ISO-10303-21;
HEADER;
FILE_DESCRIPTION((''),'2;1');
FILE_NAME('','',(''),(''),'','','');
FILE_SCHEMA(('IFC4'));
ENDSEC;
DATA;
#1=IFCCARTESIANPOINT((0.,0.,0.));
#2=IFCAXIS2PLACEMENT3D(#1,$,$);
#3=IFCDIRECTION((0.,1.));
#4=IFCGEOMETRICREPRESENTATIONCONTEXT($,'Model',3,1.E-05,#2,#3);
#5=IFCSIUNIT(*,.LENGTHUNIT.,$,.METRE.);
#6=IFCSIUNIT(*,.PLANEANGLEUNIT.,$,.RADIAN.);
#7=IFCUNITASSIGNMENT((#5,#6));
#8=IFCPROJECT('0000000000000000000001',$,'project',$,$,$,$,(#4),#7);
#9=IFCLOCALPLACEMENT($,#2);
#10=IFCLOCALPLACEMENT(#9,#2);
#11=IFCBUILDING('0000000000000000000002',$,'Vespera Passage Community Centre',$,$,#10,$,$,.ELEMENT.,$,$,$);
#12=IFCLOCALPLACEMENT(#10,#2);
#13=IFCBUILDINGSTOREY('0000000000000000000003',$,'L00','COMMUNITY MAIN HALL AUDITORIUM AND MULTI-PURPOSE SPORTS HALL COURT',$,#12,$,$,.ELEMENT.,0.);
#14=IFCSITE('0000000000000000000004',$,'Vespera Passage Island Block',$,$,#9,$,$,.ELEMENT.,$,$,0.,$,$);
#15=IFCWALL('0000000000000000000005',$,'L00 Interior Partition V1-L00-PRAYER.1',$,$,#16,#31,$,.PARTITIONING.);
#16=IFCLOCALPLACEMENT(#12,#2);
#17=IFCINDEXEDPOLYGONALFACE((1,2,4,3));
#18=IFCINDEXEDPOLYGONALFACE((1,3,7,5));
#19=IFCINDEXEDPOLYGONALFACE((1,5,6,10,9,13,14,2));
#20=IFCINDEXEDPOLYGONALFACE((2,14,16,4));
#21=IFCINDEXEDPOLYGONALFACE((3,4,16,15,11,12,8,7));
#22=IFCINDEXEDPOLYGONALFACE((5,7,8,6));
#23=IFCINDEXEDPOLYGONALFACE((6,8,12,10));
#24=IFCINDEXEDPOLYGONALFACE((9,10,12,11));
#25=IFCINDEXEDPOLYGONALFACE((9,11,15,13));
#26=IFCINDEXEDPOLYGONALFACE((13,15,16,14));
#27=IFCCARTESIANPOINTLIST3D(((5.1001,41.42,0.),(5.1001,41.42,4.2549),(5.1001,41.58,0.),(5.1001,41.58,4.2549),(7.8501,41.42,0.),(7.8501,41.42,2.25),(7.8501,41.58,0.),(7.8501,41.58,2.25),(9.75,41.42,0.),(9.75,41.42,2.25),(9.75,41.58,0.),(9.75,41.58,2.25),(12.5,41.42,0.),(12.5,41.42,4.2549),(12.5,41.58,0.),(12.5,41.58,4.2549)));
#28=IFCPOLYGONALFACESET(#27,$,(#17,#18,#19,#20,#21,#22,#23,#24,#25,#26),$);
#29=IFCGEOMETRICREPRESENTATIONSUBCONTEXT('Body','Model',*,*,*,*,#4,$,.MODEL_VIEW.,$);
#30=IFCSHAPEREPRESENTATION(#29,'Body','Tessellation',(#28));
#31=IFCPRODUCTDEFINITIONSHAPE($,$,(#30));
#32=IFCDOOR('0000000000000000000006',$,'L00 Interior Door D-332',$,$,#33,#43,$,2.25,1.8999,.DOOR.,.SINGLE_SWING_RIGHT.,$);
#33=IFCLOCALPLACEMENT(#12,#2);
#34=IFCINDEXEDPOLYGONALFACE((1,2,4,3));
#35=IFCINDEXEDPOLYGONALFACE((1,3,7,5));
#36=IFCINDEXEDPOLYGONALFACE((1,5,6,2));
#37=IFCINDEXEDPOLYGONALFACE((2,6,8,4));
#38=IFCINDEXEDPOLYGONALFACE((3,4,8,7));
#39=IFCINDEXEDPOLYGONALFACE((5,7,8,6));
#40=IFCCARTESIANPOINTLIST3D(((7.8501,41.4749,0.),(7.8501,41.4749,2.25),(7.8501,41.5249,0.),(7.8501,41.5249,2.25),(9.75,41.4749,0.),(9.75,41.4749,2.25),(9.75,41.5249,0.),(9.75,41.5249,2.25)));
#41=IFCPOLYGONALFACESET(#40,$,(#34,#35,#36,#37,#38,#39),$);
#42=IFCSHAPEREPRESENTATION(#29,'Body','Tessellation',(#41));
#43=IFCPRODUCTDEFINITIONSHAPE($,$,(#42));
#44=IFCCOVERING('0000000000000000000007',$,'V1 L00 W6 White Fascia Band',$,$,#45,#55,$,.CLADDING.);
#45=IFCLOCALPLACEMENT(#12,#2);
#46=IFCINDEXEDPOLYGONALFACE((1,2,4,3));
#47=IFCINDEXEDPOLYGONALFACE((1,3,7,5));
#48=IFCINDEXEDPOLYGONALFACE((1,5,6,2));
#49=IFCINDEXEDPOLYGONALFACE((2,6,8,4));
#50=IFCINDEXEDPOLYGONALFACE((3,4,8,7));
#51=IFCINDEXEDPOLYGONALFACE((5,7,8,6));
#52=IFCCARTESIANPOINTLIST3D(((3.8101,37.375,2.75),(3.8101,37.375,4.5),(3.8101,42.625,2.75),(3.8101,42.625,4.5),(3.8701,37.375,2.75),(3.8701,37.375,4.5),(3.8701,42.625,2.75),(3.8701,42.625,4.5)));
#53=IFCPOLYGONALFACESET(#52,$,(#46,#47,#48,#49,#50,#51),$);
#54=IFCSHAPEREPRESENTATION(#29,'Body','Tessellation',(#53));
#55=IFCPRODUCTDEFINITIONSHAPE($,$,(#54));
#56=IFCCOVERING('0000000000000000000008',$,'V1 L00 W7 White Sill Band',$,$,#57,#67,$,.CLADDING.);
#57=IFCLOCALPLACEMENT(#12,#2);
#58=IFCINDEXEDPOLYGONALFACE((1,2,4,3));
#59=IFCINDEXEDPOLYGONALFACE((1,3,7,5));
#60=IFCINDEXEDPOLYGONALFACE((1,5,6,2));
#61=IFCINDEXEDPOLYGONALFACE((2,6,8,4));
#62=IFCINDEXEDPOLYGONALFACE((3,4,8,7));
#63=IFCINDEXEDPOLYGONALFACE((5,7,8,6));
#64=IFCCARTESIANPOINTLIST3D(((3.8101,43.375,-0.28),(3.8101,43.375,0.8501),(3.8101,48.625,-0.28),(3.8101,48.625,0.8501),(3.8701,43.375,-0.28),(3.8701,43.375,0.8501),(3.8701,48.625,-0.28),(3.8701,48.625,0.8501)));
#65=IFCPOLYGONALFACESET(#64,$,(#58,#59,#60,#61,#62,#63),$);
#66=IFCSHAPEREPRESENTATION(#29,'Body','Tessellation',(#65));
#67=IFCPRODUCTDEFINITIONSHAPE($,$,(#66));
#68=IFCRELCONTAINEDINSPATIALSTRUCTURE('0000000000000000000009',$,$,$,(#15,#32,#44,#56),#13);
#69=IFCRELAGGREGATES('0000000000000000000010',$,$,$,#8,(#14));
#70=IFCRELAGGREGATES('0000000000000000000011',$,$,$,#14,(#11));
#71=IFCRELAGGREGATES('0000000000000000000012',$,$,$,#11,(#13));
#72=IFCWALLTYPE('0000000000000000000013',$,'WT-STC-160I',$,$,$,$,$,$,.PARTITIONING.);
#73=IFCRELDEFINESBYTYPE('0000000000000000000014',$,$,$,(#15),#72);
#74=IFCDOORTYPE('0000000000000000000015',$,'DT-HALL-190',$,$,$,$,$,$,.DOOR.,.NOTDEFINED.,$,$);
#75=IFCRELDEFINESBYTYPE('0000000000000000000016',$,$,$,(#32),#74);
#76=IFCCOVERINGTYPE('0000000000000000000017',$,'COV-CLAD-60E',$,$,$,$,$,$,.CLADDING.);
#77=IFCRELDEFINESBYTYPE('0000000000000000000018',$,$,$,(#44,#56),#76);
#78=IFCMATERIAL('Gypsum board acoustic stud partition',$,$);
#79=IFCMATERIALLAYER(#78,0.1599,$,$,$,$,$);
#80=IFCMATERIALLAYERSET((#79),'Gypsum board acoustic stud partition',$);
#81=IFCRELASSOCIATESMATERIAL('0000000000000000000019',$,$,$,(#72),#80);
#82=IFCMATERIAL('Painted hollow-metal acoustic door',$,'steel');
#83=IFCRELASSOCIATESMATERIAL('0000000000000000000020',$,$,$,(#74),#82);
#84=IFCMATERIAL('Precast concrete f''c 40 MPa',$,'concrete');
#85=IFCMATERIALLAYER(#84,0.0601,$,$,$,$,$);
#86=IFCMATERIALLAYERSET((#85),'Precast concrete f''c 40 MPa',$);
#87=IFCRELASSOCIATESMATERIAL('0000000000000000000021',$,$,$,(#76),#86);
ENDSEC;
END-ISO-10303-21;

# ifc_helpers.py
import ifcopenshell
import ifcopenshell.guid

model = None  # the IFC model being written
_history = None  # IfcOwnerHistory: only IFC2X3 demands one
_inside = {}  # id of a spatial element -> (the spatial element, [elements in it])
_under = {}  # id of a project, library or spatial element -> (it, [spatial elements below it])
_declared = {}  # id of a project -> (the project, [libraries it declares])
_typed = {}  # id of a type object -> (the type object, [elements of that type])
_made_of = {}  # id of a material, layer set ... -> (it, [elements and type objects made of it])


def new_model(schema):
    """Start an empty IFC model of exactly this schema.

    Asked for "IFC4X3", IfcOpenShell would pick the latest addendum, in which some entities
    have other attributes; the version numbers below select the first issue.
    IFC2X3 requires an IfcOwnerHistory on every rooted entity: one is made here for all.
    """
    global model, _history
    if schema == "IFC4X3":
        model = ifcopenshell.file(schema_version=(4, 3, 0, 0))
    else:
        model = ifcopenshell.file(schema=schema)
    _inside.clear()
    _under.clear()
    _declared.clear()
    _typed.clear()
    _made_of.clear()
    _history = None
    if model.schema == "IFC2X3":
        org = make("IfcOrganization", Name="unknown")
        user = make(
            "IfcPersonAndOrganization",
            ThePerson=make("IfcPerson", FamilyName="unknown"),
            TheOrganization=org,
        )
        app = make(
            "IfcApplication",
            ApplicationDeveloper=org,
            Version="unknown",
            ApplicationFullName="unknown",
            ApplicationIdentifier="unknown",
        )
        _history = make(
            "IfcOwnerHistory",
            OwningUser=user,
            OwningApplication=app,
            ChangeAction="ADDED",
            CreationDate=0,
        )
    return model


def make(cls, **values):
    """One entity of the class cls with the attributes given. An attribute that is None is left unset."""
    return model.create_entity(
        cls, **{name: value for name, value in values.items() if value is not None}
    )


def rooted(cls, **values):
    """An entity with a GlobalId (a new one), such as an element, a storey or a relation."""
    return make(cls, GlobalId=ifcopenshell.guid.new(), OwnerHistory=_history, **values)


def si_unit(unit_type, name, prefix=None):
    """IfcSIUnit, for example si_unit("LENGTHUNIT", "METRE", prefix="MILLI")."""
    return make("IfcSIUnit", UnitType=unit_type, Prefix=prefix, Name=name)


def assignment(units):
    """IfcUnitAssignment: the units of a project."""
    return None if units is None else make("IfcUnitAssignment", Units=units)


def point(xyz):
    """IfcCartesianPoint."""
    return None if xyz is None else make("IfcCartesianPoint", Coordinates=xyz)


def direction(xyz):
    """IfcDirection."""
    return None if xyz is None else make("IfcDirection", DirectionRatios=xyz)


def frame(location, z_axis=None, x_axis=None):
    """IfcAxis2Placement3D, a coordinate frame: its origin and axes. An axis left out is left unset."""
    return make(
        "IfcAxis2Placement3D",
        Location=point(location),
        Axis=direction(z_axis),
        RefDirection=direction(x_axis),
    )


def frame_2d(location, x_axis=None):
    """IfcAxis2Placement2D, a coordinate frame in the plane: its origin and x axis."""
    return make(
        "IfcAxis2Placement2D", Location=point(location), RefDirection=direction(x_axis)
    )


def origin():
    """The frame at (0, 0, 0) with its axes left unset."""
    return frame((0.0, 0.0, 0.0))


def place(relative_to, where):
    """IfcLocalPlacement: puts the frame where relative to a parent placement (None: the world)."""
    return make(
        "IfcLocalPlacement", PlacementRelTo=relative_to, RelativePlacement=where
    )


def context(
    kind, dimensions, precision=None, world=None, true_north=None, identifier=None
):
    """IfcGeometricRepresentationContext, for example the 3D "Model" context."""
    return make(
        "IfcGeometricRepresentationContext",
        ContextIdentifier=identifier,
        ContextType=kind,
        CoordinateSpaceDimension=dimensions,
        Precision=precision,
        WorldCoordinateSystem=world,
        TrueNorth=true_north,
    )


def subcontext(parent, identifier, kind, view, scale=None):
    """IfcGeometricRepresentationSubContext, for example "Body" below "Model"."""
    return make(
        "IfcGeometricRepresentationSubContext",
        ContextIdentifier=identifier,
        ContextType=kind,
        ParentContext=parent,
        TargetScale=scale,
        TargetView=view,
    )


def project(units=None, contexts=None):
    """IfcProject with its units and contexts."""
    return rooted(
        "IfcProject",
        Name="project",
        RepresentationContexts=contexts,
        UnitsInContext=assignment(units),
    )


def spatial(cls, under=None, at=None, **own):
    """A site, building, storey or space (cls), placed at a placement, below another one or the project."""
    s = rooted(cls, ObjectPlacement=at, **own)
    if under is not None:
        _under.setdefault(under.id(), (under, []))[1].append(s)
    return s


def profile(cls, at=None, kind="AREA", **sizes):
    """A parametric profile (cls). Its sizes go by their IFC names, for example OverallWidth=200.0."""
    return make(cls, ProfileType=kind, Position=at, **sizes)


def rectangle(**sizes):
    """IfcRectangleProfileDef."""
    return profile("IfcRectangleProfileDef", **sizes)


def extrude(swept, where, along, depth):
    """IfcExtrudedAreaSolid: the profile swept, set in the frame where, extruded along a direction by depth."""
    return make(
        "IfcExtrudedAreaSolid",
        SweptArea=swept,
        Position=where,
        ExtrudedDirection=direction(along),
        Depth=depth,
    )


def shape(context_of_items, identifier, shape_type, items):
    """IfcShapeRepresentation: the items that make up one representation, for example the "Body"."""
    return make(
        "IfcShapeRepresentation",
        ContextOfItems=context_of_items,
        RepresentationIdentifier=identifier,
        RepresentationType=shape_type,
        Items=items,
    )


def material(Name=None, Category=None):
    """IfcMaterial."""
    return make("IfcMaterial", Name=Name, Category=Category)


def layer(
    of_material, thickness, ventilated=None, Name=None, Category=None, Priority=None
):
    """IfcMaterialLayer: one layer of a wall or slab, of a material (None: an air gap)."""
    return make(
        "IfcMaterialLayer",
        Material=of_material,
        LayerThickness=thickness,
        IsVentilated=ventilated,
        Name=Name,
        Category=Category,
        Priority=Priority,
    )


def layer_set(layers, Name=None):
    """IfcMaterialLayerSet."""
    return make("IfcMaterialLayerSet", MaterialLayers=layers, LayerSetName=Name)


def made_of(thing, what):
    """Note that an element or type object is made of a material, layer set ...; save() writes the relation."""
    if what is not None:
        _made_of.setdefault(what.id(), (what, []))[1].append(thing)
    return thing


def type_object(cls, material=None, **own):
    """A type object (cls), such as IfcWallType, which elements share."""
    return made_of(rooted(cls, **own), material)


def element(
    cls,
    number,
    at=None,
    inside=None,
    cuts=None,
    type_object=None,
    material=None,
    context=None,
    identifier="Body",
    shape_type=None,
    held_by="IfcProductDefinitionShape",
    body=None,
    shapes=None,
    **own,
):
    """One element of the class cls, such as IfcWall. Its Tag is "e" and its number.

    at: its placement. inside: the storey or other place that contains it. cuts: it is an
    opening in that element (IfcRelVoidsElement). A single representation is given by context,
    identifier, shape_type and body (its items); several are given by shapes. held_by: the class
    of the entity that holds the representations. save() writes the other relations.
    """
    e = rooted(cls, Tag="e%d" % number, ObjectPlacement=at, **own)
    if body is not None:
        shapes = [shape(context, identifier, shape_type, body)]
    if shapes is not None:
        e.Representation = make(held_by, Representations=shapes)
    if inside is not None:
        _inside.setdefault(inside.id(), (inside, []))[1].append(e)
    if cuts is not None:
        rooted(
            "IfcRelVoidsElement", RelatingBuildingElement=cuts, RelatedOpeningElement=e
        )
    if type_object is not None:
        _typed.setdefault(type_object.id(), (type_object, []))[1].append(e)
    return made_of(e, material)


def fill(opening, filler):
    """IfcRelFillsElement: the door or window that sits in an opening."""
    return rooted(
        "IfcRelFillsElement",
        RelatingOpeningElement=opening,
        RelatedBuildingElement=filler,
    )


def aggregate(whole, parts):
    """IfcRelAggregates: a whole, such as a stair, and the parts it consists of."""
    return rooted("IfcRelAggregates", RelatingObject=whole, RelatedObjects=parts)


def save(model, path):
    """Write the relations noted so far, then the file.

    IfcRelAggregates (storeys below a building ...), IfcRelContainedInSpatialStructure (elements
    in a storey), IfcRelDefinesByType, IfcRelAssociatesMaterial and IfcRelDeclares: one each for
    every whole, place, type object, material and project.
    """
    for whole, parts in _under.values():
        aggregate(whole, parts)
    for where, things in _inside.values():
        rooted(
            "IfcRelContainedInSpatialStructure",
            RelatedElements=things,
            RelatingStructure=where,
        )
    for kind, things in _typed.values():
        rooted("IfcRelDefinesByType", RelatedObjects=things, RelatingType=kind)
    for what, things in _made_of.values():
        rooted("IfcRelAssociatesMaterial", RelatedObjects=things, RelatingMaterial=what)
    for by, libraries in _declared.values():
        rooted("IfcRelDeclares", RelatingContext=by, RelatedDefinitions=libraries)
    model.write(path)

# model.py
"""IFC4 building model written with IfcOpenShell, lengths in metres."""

from ifc_helpers import new_model, si_unit, direction, frame, frame_2d, origin, place, context, subcontext, project, spatial, rectangle, extrude, material, layer, layer_set, type_object, element, fill, save


model = new_model("IFC4")

# Units and contexts
model_context = context("Model", 3, precision=1e-05, world=origin(), true_north=direction((0.0, 1.0)))
body_context = subcontext(model_context, "Body", "Model", "MODEL_VIEW")
ifc_project = project(units=[si_unit("LENGTHUNIT", "METRE"), si_unit("PLANEANGLEUNIT", "RADIAN")], contexts=[model_context])

# Site, building, storey
site_placement = place(None, origin())
site = spatial("IfcSite", under=ifc_project, at=site_placement, Name="Vespera Passage Island Block", CompositionType="ELEMENT", RefElevation=0.0)
building_placement = place(site_placement, origin())
building = spatial("IfcBuilding", under=site, at=building_placement, Name="Vespera Passage Community Centre", CompositionType="ELEMENT")
storey_placement = place(building_placement, origin())
storey = spatial("IfcBuildingStorey", under=building, at=storey_placement, Name="L00", Description="COMMUNITY MAIN HALL AUDITORIUM AND MULTI-PURPOSE SPORTS HALL COURT", CompositionType="ELEMENT", Elevation=0.0)

# Wall, opening, door
ifc_material_1 = material(Name="Gypsum board acoustic stud partition")
ifc_layer_1 = layer(ifc_material_1, 0.1599)
ifc_layer_set_1 = layer_set([ifc_layer_1], Name="Gypsum board acoustic stud partition")
wall_type_1 = type_object("IfcWallType", Name="WT-STC-160I", PredefinedType="PARTITIONING", material=ifc_layer_set_1)
wall_1_placement = place(storey_placement, frame((5.1001, 41.5, 0.0), z_axis=(0.0, 0.0, 1.0), x_axis=(1.0, 0.0, 0.0)))
wall_1 = element("IfcWall", 1, at=wall_1_placement, inside=storey, type_object=wall_type_1, Name="L00 Interior Partition V1-L00-PRAYER.1", PredefinedType="PARTITIONING", context=body_context, shape_type="SweptSolid", body=[
    extrude(rectangle(XDim=7.3999, YDim=0.1599, at=frame_2d((3.7, 0.0))), origin(), (0.0, 0.0, 1.0), 4.2549),
])
opening_1_placement = place(wall_1_placement, frame((2.75, 0.0, 0.0)))
opening_1 = element("IfcOpeningElement", 2, at=opening_1_placement, cuts=wall_1, PredefinedType="OPENING", context=body_context, shape_type="SweptSolid", body=[
    extrude(rectangle(XDim=1.8999, YDim=2.25, at=frame_2d((0.95, 1.125))), frame((0.0, 0.0901, 0.0), z_axis=(0.0, -1.0, 0.0), x_axis=(1.0, 0.0, 0.0)), (0.0, 0.0, 1.0), 0.1799),
])
ifc_material_2 = material(Name="Painted hollow-metal acoustic door", Category="steel")
door_type_1 = type_object("IfcDoorType", Name="DT-HALL-190", OperationType="NOTDEFINED", PredefinedType="DOOR", material=ifc_material_2)
door_1_placement = place(opening_1_placement, origin())
door_1 = element("IfcDoor", 3, at=door_1_placement, inside=storey, type_object=door_type_1, Name="L00 Interior Door D-332", OperationType="SINGLE_SWING_RIGHT", OverallHeight=2.25, OverallWidth=1.8999, PredefinedType="DOOR", context=body_context, shape_type="SweptSolid", body=[
    extrude(rectangle(XDim=1.8999, YDim=2.25, at=frame_2d((0.95, 1.125))), frame((0.0, 0.0249, 0.0), z_axis=(0.0, -1.0, 0.0), x_axis=(1.0, 0.0, 0.0)), (0.0, 0.0, 1.0), 0.05),
])
fill(opening_1, door_1)

# Coverings
ifc_material_3 = material(Name="Precast concrete f'c 40 MPa", Category="concrete")
ifc_layer_2 = layer(ifc_material_3, 0.0601)
ifc_layer_set_2 = layer_set([ifc_layer_2], Name="Precast concrete f'c 40 MPa")
covering_type = type_object("IfcCoveringType", Name="COV-CLAD-60E", PredefinedType="CLADDING", material=ifc_layer_set_2)
covering_1_placement = place(storey_placement, frame((3.8401, 37.375, 2.75), z_axis=(0.0, 0.0, 1.0), x_axis=(0.0, 1.0, 0.0)))
element("IfcCovering", 4, at=covering_1_placement, inside=storey, type_object=covering_type, Name="V1 L00 W6 White Fascia Band", PredefinedType="CLADDING", context=body_context, shape_type="SweptSolid", body=[
    extrude(rectangle(XDim=5.25, YDim=0.0601, at=frame_2d((2.625, 0.0))), origin(), (0.0, 0.0, 1.0), 1.75),
])
covering_2_placement = place(storey_placement, frame((3.8401, 43.375, -0.28), z_axis=(0.0, 0.0, 1.0), x_axis=(0.0, 1.0, 0.0)))
element("IfcCovering", 5, at=covering_2_placement, inside=storey, type_object=covering_type, Name="V1 L00 W7 White Sill Band", PredefinedType="CLADDING", context=body_context, shape_type="SweptSolid", body=[
    extrude(rectangle(XDim=5.25, YDim=0.0601, at=frame_2d((2.625, 0.0))), origin(), (0.0, 0.0, 1.0), 1.1301),
])

save(model, "model.ifc")
